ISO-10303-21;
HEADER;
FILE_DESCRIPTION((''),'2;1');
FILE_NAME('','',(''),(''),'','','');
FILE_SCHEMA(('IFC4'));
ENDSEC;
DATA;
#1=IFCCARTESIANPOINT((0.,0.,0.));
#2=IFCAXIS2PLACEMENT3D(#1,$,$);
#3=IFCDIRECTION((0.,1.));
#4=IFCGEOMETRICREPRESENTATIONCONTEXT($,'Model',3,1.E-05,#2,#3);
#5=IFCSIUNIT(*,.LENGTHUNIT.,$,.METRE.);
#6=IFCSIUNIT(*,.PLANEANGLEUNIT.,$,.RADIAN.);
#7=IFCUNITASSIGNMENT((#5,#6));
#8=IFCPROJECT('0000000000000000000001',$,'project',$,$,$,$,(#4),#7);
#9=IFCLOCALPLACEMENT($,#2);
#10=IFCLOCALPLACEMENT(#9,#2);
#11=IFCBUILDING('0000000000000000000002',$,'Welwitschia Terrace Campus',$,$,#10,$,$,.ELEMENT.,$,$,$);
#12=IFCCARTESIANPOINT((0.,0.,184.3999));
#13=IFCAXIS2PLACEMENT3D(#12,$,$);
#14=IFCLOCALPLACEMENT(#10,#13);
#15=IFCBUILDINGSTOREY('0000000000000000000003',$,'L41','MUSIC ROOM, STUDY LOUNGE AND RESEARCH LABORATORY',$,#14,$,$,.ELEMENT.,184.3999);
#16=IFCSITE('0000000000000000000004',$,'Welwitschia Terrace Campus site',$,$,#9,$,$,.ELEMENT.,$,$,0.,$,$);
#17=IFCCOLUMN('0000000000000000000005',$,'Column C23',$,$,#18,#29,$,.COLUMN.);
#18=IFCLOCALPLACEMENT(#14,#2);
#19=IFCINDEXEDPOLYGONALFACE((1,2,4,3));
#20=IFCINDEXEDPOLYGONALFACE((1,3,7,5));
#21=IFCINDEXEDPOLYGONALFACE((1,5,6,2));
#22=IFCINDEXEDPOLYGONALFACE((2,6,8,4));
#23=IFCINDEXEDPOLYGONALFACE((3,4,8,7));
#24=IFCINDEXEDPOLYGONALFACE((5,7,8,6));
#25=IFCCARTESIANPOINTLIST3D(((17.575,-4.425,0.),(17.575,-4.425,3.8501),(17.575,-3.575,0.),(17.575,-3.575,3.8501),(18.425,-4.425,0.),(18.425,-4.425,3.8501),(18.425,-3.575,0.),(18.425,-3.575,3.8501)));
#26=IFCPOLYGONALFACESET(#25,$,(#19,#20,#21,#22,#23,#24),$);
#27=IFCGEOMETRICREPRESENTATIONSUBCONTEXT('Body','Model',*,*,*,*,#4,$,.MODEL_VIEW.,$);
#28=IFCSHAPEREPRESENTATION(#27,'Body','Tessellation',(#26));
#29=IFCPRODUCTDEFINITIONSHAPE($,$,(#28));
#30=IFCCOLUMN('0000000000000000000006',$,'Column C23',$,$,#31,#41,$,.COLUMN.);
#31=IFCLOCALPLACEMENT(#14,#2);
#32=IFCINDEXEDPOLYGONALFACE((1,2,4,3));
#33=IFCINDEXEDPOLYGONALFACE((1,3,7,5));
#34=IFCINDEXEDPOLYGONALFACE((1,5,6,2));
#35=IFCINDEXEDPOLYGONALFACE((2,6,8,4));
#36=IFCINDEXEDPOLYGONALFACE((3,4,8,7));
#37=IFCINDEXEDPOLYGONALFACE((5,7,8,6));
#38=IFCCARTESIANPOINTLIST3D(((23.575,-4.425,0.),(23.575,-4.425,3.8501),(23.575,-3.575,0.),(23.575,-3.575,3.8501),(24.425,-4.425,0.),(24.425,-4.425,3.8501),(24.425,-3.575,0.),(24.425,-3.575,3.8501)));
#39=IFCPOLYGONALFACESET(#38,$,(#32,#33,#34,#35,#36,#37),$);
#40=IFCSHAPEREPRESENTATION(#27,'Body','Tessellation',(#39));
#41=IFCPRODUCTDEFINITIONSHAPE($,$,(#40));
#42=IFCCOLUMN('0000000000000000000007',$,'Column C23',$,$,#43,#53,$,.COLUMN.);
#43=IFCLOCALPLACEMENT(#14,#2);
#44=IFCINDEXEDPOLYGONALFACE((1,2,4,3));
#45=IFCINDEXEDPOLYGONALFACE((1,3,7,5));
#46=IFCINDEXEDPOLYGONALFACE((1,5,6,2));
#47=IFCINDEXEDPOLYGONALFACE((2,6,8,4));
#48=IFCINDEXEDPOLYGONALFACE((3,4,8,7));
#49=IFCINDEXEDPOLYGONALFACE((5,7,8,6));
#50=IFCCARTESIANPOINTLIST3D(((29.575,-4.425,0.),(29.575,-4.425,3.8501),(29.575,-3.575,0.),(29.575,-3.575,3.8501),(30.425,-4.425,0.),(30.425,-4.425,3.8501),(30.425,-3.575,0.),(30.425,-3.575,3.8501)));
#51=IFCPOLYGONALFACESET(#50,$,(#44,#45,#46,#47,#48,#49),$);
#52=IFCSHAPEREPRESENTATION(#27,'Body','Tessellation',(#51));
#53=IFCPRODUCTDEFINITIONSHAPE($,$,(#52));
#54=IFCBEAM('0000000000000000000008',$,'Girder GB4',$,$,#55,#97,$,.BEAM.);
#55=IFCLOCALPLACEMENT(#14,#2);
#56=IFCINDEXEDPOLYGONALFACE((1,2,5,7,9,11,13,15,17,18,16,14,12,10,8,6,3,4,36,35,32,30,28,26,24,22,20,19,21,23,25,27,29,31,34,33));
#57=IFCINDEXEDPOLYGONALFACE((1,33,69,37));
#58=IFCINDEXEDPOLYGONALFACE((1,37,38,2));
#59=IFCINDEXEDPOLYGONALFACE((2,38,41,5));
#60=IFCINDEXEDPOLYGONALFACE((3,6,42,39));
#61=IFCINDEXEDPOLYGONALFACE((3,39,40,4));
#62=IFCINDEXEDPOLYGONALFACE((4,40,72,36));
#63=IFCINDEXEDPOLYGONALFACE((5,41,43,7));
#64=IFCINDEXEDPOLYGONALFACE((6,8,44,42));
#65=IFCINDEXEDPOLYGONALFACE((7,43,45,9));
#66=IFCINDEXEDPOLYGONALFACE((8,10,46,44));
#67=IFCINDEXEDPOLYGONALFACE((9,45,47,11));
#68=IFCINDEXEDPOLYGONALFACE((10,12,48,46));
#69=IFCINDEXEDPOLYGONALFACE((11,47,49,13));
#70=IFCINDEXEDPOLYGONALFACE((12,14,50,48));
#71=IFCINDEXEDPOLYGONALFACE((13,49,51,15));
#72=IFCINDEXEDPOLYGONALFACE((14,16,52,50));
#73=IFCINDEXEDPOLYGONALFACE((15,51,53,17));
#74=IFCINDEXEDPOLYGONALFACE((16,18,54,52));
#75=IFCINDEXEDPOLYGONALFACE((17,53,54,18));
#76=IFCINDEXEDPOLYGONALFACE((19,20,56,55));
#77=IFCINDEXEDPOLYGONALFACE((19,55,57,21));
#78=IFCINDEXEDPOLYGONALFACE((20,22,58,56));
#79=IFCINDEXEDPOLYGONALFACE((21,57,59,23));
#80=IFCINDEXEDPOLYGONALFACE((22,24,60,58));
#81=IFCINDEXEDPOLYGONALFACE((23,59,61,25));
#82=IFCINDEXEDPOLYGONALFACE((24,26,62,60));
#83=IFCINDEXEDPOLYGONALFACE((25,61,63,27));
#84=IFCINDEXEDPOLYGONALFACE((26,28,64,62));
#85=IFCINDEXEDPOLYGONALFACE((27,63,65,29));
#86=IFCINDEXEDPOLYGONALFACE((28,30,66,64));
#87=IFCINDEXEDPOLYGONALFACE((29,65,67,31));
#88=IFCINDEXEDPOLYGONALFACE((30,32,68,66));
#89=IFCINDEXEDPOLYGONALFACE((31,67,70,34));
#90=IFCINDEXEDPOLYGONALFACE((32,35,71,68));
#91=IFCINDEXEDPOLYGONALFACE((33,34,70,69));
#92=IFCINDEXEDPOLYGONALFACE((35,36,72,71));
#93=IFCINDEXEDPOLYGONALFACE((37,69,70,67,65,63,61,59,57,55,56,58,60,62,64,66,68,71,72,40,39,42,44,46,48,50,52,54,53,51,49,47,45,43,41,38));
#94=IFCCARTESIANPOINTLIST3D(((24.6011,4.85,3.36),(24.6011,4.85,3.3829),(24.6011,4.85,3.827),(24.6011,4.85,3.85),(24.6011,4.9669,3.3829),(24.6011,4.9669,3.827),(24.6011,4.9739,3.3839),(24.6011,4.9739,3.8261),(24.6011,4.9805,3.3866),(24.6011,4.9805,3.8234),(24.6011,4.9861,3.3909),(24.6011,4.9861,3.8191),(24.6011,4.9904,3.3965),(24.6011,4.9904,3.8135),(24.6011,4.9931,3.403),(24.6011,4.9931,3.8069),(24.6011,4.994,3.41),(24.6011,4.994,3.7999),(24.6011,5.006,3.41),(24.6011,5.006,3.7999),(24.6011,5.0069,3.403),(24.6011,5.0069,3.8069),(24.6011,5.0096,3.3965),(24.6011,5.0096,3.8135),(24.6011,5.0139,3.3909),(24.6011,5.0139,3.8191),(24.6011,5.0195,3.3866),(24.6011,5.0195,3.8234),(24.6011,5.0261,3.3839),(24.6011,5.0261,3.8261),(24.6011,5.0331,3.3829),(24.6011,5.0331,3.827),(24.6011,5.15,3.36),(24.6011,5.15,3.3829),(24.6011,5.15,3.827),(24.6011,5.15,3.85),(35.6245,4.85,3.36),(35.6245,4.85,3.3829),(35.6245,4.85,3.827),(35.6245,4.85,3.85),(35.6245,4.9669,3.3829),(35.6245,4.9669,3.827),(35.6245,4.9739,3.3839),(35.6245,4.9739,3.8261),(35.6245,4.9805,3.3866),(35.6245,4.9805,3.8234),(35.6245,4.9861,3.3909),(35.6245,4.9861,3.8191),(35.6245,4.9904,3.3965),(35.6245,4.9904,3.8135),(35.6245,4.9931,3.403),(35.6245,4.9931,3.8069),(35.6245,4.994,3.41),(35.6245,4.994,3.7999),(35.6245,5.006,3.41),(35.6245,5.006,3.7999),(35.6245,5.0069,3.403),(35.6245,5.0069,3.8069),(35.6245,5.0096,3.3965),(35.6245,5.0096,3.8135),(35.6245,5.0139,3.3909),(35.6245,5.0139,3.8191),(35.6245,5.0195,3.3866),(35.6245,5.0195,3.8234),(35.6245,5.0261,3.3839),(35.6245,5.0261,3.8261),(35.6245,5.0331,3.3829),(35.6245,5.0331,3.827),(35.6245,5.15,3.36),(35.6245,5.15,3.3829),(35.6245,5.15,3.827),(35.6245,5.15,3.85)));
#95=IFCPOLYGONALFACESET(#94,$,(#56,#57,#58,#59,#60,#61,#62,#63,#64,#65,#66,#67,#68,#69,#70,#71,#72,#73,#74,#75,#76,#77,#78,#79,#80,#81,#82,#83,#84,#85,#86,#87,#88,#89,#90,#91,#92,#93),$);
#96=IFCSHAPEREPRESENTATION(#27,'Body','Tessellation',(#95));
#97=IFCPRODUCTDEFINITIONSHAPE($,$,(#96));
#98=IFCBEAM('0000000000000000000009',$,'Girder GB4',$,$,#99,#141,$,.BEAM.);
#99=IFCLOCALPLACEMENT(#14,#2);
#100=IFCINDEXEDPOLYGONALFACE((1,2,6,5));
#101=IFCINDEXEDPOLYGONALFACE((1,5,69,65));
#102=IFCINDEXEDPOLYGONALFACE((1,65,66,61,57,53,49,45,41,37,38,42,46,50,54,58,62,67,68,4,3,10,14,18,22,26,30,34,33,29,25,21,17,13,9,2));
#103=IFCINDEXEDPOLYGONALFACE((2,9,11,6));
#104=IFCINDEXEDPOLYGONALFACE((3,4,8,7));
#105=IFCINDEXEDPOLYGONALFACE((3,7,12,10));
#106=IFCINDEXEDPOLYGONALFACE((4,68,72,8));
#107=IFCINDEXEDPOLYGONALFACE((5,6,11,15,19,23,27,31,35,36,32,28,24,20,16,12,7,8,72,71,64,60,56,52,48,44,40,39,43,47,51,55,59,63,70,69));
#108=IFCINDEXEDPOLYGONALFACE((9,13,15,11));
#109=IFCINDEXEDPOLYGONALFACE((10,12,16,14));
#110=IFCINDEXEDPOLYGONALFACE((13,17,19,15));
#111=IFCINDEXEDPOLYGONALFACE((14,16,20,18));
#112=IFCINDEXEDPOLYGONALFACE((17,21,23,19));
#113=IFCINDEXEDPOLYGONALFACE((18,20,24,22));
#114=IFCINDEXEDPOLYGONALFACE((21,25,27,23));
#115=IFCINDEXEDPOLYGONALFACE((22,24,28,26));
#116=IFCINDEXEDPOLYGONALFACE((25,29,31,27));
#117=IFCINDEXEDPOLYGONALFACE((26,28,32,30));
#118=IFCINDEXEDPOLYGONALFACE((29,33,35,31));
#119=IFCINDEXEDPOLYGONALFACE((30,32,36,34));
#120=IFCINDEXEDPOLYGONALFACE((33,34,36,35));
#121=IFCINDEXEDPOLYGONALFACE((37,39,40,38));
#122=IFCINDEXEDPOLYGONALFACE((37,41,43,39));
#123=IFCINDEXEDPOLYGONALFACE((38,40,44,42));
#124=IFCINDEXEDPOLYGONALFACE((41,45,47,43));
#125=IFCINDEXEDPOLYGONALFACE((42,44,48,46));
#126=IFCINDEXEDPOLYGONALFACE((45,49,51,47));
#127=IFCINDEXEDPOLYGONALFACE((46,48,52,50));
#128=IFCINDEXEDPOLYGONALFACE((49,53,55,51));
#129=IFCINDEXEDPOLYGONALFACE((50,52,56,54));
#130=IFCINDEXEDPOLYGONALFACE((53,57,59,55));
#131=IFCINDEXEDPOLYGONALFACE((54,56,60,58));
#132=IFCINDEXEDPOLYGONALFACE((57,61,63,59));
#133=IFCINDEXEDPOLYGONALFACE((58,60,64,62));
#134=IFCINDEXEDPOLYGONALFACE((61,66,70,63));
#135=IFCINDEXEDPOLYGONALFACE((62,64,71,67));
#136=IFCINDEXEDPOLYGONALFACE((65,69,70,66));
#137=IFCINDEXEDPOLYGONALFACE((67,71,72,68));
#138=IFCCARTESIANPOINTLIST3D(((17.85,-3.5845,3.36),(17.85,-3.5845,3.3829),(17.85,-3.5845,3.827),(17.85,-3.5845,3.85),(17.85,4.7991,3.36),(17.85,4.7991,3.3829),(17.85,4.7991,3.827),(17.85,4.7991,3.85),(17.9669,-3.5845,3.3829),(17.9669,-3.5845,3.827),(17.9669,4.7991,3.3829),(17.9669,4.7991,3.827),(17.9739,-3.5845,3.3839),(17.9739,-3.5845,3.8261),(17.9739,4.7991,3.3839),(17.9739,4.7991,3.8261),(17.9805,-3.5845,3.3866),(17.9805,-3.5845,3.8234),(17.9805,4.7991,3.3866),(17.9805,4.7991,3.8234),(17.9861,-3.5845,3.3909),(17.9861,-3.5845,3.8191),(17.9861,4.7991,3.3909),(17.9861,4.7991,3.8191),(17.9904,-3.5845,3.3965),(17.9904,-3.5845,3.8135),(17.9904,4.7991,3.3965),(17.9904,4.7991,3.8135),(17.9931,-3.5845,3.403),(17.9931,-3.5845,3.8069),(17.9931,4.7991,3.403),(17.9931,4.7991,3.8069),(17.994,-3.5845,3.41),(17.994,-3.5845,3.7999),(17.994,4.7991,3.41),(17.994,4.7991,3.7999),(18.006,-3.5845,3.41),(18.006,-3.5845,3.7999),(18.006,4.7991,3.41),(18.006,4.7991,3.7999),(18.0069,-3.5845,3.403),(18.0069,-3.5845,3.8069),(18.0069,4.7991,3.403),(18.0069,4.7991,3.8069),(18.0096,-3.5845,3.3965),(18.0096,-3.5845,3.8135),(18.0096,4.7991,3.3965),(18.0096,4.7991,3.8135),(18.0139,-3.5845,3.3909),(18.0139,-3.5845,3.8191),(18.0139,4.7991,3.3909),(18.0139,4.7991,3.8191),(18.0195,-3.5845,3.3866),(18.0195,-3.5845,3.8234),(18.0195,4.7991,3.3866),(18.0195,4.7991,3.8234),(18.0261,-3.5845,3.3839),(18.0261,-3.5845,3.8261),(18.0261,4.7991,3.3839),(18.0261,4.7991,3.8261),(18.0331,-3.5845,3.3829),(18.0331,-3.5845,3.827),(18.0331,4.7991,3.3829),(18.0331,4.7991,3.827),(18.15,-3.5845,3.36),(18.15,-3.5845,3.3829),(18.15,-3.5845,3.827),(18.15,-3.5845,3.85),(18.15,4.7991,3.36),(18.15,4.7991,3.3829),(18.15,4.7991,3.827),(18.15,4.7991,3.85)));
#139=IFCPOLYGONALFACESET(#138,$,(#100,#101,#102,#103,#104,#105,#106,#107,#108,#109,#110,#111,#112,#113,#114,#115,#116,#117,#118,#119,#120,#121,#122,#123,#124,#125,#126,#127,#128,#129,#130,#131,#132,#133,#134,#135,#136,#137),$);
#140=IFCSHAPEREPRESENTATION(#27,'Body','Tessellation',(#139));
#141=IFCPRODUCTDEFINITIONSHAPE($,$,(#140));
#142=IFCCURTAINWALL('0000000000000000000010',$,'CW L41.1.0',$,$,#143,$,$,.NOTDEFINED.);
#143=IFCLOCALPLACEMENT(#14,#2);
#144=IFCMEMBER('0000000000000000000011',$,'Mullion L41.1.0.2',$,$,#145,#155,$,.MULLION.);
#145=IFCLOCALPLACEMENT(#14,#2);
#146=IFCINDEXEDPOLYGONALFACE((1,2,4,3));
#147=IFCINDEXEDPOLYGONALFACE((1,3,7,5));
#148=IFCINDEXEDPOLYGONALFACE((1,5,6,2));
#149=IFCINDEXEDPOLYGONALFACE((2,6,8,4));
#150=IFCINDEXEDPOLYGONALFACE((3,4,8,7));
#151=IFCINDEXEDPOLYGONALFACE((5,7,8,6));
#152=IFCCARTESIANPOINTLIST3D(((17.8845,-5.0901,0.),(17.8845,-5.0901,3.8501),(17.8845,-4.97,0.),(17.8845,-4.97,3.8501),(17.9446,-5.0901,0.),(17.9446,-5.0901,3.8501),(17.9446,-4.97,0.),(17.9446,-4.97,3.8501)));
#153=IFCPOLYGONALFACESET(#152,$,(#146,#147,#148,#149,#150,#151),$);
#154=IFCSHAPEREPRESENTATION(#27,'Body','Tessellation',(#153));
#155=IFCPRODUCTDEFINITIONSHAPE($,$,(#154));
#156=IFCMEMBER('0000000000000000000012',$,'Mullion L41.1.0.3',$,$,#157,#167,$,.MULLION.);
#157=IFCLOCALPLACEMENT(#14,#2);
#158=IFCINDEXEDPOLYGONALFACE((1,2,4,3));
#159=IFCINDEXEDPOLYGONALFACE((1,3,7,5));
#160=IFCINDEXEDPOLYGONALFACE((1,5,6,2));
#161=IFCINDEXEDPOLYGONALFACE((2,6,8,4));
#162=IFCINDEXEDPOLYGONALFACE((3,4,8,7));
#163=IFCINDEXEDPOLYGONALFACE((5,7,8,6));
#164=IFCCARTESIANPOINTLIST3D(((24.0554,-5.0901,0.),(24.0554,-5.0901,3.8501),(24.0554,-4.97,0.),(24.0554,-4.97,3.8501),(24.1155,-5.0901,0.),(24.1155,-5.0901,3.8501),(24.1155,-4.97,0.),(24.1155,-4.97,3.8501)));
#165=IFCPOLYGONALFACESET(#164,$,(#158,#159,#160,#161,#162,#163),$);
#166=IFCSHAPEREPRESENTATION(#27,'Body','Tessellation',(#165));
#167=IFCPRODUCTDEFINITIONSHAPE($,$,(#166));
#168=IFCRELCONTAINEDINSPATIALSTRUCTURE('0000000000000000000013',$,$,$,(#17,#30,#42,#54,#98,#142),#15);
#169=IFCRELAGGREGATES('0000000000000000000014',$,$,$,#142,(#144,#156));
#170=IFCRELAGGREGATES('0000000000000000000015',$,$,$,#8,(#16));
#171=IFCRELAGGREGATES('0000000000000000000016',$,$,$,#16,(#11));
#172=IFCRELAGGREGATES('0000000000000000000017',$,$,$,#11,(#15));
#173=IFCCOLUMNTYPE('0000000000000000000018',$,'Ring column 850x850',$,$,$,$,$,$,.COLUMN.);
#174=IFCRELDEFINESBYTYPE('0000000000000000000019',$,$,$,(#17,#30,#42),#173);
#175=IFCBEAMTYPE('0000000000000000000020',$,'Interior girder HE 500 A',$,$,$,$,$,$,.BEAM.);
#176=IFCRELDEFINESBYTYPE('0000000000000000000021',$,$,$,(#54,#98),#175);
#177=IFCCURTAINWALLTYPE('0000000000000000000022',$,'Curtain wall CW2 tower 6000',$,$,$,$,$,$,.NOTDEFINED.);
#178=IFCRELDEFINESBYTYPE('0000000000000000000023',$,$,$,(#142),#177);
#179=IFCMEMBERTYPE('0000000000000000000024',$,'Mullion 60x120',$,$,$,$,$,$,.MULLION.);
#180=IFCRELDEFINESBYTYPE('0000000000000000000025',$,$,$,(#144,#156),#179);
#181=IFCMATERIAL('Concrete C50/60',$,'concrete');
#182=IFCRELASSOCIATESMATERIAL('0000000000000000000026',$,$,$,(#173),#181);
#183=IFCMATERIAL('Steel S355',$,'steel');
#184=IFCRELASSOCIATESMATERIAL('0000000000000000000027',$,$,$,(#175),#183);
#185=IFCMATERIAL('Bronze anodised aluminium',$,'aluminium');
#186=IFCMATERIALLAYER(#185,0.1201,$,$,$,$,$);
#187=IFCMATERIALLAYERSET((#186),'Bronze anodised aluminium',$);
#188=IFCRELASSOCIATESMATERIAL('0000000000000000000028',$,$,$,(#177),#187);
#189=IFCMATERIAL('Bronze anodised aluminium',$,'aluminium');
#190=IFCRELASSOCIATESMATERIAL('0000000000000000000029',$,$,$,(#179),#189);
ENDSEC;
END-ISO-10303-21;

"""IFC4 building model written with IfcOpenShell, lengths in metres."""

from ifc_helpers import new_model, si_unit, direction, frame, origin, origin_2d, place, context, subcontext, project, spatial, rectangle, i_section, extrude, material, layer, layer_set, material_profile, profile_set, type_object, element, aggregate, save


model = new_model("IFC4")

# Units and contexts
model_context = context("Model", 3, precision=1e-05, world=origin(), true_north=direction((0.0, 1.0)))
body_context = subcontext(model_context, "Body", "Model", "MODEL_VIEW")
ifc_project = project(units=[si_unit("LENGTHUNIT", "METRE"), si_unit("PLANEANGLEUNIT", "RADIAN")], contexts=[model_context])

# Site, building, storey
site_placement = place(None, origin())
site = spatial("IfcSite", under=ifc_project, at=site_placement, Name="Welwitschia Terrace Campus site", CompositionType="ELEMENT", RefElevation=0.0)
building_placement = place(site_placement, origin())
building = spatial("IfcBuilding", under=site, at=building_placement, Name="Welwitschia Terrace Campus", CompositionType="ELEMENT")
storey_placement = place(building_placement, frame((0.0, 0.0, 184.3999)))
storey = spatial("IfcBuildingStorey", under=building, at=storey_placement, Name="L41", Description="MUSIC ROOM, STUDY LOUNGE AND RESEARCH LABORATORY", CompositionType="ELEMENT", Elevation=184.3999)

# Columns
ifc_material_1 = material(Name="Concrete C50/60", Category="concrete")
ifc_material_profile_1 = material_profile(ifc_material_1, rectangle(XDim=0.8501, YDim=0.8501, at=origin_2d()))
ifc_profile_set_1 = profile_set([ifc_material_profile_1], Name="Concrete C50/60")
column_type = type_object("IfcColumnType", Name="Ring column 850x850", PredefinedType="COLUMN", material=ifc_profile_set_1)
for number, where, z_axis, x_axis, name in (
    (1, (18.0, -4.0, 0.0), (0.0, 0.0, 1.0), (1.0, 0.0, 0.0), "Column C23"),
    (2, (24.0, -4.0, 0.0), (0.0, 0.0, 1.0), (1.0, 0.0, 0.0), "Column C23"),
    (3, (30.0, -4.0, 0.0), (0.0, 0.0, 1.0), (1.0, 0.0, 0.0), "Column C23"),
):
    element("IfcColumn", number, at=place(storey_placement, frame(where, z_axis=z_axis, x_axis=x_axis)), inside=storey, type_object=column_type, Name=name, PredefinedType="COLUMN", context=body_context, shape_type="SweptSolid", body=[
        extrude(rectangle(XDim=0.8501, YDim=0.8501, at=origin_2d()), origin(), (0.0, 0.0, 1.0), 3.8501),
    ])

# Beams
ifc_material_2 = material(Name="Steel S355", Category="steel")
ifc_material_profile_2 = material_profile(ifc_material_2, i_section(OverallWidth=0.3, OverallDepth=0.49, WebThickness=0.012, FlangeThickness=0.0229, FilletRadius=0.0271, at=origin_2d()))
ifc_profile_set_2 = profile_set([ifc_material_profile_2], Name="Steel S355")
beam_type_1 = type_object("IfcBeamType", Name="Interior girder HE 500 A", PredefinedType="BEAM", material=ifc_profile_set_2)
beam_1_placement = place(storey_placement, frame((24.6011, 5.0, 3.605), z_axis=(1.0, 0.0, 0.0), x_axis=(0.0, 1.0, 0.0)))
element("IfcBeam", 4, at=beam_1_placement, inside=storey, type_object=beam_type_1, Name="Girder GB4", PredefinedType="BEAM", context=body_context, shape_type="SweptSolid", body=[
    extrude(i_section(OverallWidth=0.3, OverallDepth=0.49, WebThickness=0.012, FlangeThickness=0.0229, FilletRadius=0.0271, at=origin_2d()), origin(), (0.0, 0.0, 1.0), 11.0234),
])
beam_2_placement = place(storey_placement, frame((18.0, -3.5845, 3.605), z_axis=(0.0, 1.0, 0.0), x_axis=(-1.0, 0.0, 0.0)))
element("IfcBeam", 5, at=beam_2_placement, inside=storey, type_object=beam_type_1, Name="Girder GB4", PredefinedType="BEAM", context=body_context, shape_type="SweptSolid", body=[
    extrude(i_section(OverallWidth=0.3, OverallDepth=0.49, WebThickness=0.012, FlangeThickness=0.0229, FilletRadius=0.0271, at=origin_2d()), origin(), (0.0, 0.0, 1.0), 8.3835),
])

# Curtain wall, members
ifc_material_3 = material(Name="Bronze anodised aluminium", Category="aluminium")
ifc_layer_1 = layer(ifc_material_3, 0.1201)
ifc_layer_set_1 = layer_set([ifc_layer_1], Name="Bronze anodised aluminium")
curtain_wall_type = type_object("IfcCurtainWallType", Name="Curtain wall CW2 tower 6000", PredefinedType="NOTDEFINED", material=ifc_layer_set_1)
curtain_wall_placement = place(storey_placement, origin())
curtain_wall = element("IfcCurtainWall", 6, at=curtain_wall_placement, inside=storey, type_object=curtain_wall_type, Name="CW L41.1.0", PredefinedType="NOTDEFINED")
ifc_material_4 = material(Name="Bronze anodised aluminium", Category="aluminium")
ifc_material_profile_3 = material_profile(ifc_material_4, rectangle(XDim=0.1201, YDim=0.0601, at=origin_2d()))
ifc_profile_set_3 = profile_set([ifc_material_profile_3], Name="Bronze anodised aluminium")
member_type = type_object("IfcMemberType", Name="Mullion 60x120", PredefinedType="MULLION", material=ifc_profile_set_3)
member_1_placement = place(storey_placement, frame((17.9146, -5.03, 0.0), z_axis=(0.0, 0.0, 1.0), x_axis=(0.0, 1.0, 0.0)))
member_1 = element("IfcMember", 7, at=member_1_placement, type_object=member_type, Name="Mullion L41.1.0.2", PredefinedType="MULLION", context=body_context, shape_type="SweptSolid", body=[
    extrude(rectangle(XDim=0.1201, YDim=0.0601, at=origin_2d()), origin(), (0.0, 0.0, 1.0), 3.8501),
])
member_2_placement = place(storey_placement, frame((24.0854, -5.03, 0.0), z_axis=(0.0, 0.0, 1.0), x_axis=(0.0, 1.0, 0.0)))
member_2 = element("IfcMember", 8, at=member_2_placement, type_object=member_type, Name="Mullion L41.1.0.3", PredefinedType="MULLION", context=body_context, shape_type="SweptSolid", body=[
    extrude(rectangle(XDim=0.1201, YDim=0.0601, at=origin_2d()), origin(), (0.0, 0.0, 1.0), 3.8501),
])

aggregate(curtain_wall, [member_1, member_2])

save(model, "model.ifc")
